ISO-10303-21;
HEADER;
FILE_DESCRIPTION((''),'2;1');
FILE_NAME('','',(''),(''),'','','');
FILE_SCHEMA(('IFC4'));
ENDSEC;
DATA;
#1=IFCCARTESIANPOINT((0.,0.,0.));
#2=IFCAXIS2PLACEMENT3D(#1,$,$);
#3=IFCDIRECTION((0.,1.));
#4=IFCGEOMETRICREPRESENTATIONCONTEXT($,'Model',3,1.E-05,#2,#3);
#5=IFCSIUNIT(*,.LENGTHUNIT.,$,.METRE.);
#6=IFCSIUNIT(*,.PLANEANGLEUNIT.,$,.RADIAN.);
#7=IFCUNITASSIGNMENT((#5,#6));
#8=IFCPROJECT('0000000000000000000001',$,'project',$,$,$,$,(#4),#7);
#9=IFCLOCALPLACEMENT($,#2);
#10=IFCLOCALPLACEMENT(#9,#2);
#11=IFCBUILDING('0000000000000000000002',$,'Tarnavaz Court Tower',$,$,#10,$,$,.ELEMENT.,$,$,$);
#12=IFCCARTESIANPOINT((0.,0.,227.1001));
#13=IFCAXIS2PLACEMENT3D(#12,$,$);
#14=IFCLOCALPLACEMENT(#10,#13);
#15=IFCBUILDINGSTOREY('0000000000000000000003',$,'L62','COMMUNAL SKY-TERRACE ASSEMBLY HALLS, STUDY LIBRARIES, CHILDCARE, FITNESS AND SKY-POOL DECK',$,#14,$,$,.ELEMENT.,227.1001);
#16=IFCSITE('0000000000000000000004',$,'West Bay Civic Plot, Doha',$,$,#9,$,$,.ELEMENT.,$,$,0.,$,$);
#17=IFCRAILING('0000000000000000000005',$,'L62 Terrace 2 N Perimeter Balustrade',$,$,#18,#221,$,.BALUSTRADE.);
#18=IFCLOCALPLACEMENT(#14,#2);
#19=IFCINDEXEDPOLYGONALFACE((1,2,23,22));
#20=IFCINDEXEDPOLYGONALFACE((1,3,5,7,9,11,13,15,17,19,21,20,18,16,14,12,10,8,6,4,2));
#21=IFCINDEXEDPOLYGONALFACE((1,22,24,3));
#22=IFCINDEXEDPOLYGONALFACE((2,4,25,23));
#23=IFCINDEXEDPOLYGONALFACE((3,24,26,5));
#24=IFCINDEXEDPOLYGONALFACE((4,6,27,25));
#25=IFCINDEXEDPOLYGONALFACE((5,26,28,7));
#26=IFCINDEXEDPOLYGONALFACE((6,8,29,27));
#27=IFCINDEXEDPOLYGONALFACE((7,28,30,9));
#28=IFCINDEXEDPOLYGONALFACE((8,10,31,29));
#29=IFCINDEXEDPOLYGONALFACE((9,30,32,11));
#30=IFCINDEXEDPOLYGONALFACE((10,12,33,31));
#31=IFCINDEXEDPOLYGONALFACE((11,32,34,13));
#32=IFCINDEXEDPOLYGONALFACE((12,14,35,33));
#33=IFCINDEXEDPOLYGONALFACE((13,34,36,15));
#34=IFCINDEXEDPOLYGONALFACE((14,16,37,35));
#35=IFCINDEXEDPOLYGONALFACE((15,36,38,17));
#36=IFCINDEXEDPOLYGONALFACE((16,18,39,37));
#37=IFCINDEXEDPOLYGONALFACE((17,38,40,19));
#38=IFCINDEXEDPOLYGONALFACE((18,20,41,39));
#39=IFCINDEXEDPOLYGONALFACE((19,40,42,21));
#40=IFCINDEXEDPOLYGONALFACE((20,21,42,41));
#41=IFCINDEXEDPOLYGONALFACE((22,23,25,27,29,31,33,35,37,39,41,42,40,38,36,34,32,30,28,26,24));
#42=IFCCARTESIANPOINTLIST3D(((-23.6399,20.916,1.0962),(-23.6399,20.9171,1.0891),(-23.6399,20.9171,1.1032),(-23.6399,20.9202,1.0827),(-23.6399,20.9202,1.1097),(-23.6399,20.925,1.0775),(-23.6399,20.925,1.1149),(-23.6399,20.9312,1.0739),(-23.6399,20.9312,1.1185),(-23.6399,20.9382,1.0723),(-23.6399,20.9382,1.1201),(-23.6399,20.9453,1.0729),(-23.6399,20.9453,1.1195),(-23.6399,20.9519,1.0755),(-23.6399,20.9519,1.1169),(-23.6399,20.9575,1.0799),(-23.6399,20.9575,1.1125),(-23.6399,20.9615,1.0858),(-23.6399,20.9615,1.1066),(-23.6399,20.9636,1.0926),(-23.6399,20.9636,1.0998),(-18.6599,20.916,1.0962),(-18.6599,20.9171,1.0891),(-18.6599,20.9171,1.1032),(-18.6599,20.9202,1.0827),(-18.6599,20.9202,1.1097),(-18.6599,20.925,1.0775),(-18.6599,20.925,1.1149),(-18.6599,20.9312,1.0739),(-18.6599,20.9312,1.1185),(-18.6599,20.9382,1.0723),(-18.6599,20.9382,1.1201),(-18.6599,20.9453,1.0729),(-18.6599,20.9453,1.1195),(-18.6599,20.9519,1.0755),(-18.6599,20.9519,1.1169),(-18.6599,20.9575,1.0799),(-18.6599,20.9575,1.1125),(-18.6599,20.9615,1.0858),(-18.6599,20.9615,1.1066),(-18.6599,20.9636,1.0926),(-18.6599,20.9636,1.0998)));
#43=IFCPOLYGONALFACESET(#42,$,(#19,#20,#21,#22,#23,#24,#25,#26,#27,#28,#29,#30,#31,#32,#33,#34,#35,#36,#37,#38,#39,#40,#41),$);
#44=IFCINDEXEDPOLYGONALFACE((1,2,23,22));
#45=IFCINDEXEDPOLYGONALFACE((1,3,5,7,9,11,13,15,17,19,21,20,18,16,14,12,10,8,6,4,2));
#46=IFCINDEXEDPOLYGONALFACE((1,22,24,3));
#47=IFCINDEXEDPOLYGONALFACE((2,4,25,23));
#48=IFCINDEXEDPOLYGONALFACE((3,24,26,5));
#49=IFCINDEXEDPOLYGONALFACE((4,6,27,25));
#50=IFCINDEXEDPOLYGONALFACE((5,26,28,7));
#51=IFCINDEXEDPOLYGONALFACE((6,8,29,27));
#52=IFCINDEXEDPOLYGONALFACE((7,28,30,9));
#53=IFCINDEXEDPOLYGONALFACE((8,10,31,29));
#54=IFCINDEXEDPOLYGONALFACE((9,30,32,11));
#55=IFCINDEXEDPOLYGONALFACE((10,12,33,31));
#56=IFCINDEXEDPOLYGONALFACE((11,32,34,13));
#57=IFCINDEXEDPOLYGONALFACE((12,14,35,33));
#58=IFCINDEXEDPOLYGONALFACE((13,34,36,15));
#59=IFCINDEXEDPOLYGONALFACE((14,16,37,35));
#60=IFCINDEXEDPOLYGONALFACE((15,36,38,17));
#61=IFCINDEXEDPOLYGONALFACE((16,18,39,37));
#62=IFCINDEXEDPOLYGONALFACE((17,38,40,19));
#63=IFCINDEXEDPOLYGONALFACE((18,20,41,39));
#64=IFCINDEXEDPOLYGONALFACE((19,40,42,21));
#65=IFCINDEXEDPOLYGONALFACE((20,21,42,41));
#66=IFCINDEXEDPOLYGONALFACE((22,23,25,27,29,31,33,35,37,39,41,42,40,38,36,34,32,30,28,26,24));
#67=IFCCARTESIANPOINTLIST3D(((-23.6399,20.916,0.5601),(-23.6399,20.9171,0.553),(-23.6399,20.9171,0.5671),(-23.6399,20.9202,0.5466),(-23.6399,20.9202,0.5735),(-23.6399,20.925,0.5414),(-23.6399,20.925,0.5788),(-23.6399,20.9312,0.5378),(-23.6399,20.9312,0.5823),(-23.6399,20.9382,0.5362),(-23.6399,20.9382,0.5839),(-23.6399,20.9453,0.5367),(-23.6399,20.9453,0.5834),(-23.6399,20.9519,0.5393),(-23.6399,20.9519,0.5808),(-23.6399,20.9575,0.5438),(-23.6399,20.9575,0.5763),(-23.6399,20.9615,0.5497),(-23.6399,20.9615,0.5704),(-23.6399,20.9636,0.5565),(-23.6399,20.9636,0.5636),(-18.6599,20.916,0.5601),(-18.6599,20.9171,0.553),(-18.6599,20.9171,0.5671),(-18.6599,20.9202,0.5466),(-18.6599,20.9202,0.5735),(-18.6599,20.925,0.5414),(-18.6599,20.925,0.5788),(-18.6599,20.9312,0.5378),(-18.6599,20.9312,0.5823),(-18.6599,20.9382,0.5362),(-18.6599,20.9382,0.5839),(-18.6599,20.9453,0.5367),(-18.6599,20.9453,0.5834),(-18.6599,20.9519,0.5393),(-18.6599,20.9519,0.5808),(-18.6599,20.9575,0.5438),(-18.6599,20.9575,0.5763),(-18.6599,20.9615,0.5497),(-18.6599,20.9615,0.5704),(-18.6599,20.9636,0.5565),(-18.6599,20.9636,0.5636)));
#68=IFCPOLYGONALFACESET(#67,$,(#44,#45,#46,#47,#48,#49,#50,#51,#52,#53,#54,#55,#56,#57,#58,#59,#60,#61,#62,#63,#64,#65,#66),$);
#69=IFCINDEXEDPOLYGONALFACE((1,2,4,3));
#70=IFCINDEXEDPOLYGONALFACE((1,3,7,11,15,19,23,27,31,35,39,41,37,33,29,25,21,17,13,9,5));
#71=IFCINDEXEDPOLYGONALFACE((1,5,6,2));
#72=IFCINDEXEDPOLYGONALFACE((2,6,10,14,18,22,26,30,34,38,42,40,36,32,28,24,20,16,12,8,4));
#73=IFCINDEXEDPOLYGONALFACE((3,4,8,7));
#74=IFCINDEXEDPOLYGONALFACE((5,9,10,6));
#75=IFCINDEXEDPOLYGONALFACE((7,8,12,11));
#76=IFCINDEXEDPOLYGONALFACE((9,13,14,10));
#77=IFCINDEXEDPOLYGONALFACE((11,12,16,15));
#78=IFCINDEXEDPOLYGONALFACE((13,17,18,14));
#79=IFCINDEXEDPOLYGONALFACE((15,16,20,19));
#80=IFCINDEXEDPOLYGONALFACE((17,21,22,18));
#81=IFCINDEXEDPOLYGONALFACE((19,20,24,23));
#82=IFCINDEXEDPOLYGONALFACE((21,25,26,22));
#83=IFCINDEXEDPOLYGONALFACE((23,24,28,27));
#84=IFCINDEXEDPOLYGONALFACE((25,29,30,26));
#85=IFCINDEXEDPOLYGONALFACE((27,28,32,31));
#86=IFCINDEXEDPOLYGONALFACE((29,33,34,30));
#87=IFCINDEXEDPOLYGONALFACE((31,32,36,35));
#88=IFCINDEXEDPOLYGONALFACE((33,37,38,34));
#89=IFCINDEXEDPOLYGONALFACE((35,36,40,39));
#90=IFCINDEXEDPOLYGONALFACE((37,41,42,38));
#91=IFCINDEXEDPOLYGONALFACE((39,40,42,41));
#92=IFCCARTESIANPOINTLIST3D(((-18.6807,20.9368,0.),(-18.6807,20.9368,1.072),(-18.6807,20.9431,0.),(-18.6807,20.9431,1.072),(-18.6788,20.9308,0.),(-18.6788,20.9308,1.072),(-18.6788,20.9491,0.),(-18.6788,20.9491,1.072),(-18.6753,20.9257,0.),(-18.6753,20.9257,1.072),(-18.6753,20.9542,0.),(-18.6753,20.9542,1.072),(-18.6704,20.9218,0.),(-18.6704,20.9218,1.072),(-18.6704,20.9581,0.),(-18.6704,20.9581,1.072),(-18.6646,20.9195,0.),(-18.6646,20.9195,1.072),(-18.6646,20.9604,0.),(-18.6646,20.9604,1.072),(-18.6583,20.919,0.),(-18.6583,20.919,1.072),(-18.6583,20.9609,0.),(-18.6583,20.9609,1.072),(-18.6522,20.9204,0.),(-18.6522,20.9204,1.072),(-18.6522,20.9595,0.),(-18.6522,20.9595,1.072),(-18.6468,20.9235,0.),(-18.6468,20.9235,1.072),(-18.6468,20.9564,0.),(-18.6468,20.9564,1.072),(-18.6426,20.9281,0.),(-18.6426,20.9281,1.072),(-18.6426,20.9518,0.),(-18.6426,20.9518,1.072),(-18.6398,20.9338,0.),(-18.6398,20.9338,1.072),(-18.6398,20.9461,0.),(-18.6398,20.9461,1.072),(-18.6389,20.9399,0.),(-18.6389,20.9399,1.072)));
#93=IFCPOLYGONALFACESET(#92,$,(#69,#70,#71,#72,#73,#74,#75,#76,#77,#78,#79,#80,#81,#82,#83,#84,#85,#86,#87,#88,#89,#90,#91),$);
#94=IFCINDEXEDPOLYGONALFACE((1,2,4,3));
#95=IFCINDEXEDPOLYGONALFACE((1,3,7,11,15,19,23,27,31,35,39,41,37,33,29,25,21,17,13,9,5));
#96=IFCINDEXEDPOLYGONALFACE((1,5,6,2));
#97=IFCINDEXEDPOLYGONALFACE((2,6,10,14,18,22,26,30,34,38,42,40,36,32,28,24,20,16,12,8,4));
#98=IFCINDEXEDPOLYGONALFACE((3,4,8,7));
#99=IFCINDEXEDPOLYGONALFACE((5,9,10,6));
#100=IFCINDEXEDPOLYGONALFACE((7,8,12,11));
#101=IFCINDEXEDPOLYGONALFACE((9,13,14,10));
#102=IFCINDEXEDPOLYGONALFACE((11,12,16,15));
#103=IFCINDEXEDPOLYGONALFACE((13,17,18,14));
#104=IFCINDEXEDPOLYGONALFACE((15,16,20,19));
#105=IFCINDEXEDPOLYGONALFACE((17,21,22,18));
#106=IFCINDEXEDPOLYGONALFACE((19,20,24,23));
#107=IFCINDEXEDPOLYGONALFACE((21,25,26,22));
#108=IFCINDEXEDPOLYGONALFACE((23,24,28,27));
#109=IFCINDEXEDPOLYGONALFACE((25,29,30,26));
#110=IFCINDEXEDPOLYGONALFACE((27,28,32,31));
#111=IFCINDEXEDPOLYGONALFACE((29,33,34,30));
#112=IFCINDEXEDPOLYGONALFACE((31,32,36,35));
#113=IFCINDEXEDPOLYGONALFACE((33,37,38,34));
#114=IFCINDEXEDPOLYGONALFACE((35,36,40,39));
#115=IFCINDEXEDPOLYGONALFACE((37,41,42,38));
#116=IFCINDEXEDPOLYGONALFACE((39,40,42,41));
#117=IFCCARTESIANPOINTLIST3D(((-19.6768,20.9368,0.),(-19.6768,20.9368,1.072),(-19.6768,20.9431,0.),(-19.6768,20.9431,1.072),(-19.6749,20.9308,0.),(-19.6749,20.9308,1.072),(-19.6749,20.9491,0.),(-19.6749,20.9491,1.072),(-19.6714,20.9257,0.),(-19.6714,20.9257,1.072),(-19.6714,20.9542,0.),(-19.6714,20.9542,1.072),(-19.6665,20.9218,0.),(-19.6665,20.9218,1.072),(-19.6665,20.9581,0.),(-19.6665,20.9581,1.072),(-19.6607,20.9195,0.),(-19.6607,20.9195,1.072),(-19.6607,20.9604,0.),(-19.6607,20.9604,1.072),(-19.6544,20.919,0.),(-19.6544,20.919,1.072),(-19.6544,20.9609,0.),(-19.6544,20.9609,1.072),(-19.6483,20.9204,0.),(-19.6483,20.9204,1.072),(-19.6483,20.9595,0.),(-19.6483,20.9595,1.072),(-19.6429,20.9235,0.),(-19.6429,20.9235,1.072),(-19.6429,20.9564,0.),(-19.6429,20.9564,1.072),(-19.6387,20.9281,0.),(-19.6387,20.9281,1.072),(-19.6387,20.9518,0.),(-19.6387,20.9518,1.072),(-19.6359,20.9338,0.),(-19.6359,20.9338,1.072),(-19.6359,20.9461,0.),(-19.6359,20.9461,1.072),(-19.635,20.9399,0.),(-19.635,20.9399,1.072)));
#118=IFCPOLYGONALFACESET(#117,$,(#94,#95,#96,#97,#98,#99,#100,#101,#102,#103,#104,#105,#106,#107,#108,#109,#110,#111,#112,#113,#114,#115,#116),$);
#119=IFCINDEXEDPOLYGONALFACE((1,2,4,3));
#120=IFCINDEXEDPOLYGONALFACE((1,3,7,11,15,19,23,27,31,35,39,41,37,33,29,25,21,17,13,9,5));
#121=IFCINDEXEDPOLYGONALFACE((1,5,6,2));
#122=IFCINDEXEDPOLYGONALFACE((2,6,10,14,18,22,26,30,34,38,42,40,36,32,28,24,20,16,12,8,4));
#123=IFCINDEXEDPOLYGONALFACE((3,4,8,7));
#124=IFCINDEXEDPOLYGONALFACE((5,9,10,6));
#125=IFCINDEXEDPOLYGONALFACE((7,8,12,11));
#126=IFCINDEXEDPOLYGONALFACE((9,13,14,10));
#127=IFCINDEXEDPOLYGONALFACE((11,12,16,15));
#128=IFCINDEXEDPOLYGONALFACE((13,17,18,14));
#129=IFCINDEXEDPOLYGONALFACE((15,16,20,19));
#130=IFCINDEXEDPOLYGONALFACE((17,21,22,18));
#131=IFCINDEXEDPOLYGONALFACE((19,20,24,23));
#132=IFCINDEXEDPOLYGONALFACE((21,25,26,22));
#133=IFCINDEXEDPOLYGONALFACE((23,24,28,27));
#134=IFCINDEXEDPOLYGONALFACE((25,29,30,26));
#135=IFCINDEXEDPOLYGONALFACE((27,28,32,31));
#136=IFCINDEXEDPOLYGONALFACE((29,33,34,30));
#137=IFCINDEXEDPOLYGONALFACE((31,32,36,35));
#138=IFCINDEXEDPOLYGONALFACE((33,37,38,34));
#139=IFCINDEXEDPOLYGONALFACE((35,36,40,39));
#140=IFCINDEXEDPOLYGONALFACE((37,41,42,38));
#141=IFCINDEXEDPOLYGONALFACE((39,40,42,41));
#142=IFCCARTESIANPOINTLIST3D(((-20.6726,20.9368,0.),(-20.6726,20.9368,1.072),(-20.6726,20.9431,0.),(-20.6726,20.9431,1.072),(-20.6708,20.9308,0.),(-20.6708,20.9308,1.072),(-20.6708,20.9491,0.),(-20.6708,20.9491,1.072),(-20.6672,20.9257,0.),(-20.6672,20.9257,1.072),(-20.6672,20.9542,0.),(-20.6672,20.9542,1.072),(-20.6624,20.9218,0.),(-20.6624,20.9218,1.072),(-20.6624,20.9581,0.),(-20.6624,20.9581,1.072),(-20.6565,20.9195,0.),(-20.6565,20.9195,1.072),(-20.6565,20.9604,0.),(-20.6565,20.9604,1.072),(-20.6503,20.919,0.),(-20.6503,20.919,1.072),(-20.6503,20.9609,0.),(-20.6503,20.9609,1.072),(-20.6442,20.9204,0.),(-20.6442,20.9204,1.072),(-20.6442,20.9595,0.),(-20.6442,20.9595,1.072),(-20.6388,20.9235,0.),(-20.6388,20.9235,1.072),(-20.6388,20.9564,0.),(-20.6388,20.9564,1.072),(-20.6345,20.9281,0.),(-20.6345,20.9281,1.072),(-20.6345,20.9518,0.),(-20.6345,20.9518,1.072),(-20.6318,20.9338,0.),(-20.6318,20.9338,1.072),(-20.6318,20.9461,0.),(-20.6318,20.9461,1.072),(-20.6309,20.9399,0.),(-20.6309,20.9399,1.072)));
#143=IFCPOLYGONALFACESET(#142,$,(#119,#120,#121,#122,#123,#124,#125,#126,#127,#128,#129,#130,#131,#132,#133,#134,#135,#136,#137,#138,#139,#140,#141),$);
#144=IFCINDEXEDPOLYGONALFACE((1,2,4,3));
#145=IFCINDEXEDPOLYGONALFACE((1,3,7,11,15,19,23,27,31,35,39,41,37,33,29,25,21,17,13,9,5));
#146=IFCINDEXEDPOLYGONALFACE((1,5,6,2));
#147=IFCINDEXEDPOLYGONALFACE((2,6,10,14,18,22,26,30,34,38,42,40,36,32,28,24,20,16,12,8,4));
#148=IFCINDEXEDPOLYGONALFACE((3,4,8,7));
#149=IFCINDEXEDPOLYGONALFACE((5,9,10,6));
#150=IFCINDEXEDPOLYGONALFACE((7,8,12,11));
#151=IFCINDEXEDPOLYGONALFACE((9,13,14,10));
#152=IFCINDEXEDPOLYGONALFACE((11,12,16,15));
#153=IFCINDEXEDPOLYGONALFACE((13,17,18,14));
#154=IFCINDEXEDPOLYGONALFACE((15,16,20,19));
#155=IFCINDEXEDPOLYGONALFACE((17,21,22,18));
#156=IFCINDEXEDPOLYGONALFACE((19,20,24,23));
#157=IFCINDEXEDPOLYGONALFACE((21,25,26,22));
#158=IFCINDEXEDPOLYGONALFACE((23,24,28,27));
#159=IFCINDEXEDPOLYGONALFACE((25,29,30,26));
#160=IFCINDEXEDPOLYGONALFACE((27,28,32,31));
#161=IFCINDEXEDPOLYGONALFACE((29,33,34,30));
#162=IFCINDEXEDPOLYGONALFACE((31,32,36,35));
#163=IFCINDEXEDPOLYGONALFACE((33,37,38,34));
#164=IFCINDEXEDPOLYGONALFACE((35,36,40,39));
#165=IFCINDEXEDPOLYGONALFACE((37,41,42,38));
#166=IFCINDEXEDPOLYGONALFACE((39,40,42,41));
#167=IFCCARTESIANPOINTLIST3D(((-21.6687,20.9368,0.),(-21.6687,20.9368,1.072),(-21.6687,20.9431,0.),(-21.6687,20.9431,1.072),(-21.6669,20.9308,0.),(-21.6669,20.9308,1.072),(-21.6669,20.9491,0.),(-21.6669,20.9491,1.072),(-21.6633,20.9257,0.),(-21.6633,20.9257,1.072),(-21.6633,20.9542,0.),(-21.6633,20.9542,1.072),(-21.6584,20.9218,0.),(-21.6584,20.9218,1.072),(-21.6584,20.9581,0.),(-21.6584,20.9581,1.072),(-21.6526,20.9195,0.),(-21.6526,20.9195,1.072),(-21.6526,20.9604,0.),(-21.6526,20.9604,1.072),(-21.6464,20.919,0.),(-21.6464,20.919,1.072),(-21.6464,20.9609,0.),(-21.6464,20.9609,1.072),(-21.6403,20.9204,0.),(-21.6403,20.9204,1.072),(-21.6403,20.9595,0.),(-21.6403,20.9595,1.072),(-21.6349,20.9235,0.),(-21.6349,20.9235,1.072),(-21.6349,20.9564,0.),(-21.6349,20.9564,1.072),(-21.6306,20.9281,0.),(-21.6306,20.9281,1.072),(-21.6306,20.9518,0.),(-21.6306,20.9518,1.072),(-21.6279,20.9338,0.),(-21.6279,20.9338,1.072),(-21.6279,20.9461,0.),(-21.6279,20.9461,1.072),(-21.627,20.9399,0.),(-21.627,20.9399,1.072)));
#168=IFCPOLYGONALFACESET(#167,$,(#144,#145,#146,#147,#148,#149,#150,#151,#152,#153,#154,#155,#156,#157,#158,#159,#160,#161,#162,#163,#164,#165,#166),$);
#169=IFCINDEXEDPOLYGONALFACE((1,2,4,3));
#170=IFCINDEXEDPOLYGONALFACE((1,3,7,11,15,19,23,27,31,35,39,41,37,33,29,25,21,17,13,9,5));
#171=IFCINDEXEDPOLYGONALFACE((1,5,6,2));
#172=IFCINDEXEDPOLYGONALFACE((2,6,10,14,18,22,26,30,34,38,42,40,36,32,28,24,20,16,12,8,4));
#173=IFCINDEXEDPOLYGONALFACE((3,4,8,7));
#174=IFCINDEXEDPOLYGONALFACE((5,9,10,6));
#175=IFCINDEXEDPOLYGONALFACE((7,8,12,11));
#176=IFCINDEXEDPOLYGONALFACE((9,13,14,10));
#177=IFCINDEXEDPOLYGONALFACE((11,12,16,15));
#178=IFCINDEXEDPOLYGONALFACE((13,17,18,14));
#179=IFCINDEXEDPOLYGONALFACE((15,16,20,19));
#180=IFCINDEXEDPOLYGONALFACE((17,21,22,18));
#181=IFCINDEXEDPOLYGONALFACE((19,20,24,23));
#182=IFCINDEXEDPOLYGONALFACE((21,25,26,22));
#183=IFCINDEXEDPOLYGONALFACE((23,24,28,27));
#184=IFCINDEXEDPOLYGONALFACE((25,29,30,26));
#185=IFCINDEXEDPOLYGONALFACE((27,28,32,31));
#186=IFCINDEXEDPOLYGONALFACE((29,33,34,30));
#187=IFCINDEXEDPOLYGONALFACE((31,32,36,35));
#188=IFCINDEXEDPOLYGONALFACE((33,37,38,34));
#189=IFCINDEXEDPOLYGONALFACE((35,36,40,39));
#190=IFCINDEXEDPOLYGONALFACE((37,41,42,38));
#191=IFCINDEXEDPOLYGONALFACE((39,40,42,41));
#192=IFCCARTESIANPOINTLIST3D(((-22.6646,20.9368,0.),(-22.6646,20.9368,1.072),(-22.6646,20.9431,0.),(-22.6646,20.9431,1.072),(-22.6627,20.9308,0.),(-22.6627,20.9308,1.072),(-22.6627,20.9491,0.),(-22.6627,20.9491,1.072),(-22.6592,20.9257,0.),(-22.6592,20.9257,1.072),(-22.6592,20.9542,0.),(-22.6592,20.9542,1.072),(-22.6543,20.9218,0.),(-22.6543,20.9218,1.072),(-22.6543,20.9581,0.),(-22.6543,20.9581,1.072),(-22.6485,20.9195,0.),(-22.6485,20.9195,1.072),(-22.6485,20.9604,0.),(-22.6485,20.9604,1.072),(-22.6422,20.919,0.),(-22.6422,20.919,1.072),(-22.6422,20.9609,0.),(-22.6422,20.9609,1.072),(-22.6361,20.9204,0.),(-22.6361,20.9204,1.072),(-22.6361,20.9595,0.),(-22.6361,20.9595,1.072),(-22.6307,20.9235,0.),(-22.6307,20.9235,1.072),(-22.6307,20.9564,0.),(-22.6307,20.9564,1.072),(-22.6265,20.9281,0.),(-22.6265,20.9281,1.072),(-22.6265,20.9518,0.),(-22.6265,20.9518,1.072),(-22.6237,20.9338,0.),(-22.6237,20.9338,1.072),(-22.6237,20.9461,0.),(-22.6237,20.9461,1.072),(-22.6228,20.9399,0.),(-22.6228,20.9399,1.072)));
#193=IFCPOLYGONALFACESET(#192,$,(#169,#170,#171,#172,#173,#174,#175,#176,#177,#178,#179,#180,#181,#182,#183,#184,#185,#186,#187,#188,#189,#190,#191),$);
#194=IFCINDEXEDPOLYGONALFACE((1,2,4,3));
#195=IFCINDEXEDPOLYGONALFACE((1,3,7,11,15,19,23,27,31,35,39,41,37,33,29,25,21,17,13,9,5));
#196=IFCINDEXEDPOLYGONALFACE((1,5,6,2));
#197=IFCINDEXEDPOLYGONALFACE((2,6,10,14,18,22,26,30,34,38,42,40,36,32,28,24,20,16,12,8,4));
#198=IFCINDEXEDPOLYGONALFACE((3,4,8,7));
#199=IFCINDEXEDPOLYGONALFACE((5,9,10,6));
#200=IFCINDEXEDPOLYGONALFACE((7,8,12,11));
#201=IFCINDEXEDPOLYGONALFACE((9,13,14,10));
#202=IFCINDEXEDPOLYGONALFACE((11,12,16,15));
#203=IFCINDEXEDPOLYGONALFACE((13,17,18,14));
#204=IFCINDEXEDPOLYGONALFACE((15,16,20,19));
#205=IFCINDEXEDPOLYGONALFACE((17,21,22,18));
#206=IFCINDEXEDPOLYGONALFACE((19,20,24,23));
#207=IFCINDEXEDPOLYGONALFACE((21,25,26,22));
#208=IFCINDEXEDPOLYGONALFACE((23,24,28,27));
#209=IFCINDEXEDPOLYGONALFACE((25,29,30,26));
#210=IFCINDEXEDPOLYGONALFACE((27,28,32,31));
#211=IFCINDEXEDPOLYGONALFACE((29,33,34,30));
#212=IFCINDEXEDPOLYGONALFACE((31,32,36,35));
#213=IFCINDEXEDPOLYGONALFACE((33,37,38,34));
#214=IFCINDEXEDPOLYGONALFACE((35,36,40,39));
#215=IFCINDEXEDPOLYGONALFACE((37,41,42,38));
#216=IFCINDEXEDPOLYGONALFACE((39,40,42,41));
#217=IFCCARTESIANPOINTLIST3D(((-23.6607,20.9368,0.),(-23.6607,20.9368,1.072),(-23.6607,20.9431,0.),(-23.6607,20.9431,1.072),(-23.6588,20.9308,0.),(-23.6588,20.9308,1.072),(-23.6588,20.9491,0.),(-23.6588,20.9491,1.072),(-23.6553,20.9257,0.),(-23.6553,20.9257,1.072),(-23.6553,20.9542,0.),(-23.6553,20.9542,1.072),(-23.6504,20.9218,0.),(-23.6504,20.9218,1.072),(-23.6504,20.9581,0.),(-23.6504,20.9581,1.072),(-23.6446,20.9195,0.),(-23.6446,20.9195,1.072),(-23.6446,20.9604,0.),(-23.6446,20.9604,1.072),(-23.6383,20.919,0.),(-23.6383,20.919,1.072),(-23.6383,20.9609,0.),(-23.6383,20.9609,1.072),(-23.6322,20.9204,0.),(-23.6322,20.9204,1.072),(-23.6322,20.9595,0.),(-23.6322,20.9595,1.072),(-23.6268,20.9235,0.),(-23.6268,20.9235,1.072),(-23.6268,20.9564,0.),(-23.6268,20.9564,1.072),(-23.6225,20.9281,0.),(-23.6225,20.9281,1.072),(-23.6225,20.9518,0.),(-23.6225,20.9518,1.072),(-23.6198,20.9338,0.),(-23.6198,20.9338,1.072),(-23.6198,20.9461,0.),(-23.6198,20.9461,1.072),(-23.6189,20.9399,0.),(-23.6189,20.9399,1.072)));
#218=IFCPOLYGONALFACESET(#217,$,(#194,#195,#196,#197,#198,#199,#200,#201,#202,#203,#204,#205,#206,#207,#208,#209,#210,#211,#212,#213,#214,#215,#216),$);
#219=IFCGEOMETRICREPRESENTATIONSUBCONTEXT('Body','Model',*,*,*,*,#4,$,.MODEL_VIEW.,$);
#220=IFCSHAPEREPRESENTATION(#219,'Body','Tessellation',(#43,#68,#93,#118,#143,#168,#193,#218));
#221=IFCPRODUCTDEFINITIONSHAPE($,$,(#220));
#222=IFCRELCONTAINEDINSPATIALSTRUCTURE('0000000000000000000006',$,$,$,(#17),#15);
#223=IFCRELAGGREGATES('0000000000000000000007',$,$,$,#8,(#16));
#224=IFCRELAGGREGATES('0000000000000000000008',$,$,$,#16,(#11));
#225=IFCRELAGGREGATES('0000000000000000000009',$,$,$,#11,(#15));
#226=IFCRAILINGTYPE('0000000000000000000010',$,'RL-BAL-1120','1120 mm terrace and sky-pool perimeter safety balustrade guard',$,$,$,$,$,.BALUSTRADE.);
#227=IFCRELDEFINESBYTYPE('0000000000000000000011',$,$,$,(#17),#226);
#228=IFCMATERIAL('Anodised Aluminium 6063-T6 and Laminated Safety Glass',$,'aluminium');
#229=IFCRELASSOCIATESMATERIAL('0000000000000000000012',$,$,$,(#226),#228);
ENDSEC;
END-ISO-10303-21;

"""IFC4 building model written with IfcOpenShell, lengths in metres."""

from ifc_helpers import new_model, si_unit, direction, frame, origin, origin_2d, place, context, subcontext, project, spatial, circle, extrude, material, type_object, element, save


model = new_model("IFC4")

# Units and contexts
model_context = context("Model", 3, precision=1e-05, world=origin(), true_north=direction((0.0, 1.0)))
body_context = subcontext(model_context, "Body", "Model", "MODEL_VIEW")
ifc_project = project(units=[si_unit("LENGTHUNIT", "METRE"), si_unit("PLANEANGLEUNIT", "RADIAN")], contexts=[model_context])

# Site, building, storey
site_placement = place(None, origin())
site = spatial("IfcSite", under=ifc_project, at=site_placement, Name="West Bay Civic Plot, Doha", CompositionType="ELEMENT", RefElevation=0.0)
building_placement = place(site_placement, origin())
building = spatial("IfcBuilding", under=site, at=building_placement, Name="Tarnavaz Court Tower", CompositionType="ELEMENT")
storey_placement = place(building_placement, frame((0.0, 0.0, 227.1001)))
storey = spatial("IfcBuildingStorey", under=building, at=storey_placement, Name="L62", Description="COMMUNAL SKY-TERRACE ASSEMBLY HALLS, STUDY LIBRARIES, CHILDCARE, FITNESS AND SKY-POOL DECK", CompositionType="ELEMENT", Elevation=227.1001)

# Railing
ifc_material_1 = material(Name="Anodised Aluminium 6063-T6 and Laminated Safety Glass", Category="aluminium")
railing_type = type_object("IfcRailingType", Name="RL-BAL-1120", Description="1120 mm terrace and sky-pool perimeter safety balustrade guard", PredefinedType="BALUSTRADE", material=ifc_material_1)
railing_1_placement = place(storey_placement, frame((-18.6599, 20.9399, 0.0)))
element("IfcRailing", 1, at=railing_1_placement, inside=storey, type_object=railing_type, Name="L62 Terrace 2 N Perimeter Balustrade", PredefinedType="BALUSTRADE", context=body_context, shape_type="SweptSolid", body=[
    extrude(circle(Radius=0.0239, at=origin_2d()), frame((0.0, 0.0, 1.0962), z_axis=(-1.0, 0.0, 0.0), x_axis=(0.0, -1.0, 0.0)), (0.0, 0.0, 1.0), 4.98),
    extrude(circle(Radius=0.0239, at=origin_2d()), frame((0.0, 0.0, 0.5601), z_axis=(-1.0, 0.0, 0.0), x_axis=(0.0, -1.0, 0.0)), (0.0, 0.0, 1.0), 4.98),
    extrude(circle(Radius=0.021, at=origin_2d()), origin(), (0.0, 0.0, 1.0), 1.072),
    extrude(circle(Radius=0.021, at=origin_2d()), frame((-0.9961, 0.0, 0.0)), (0.0, 0.0, 1.0), 1.072),
    extrude(circle(Radius=0.021, at=origin_2d()), frame((-1.9919, 0.0, 0.0)), (0.0, 0.0, 1.0), 1.072),
    extrude(circle(Radius=0.021, at=origin_2d()), frame((-2.988, 0.0, 0.0)), (0.0, 0.0, 1.0), 1.072),
    extrude(circle(Radius=0.021, at=origin_2d()), frame((-3.9839, 0.0, 0.0)), (0.0, 0.0, 1.0), 1.072),
    extrude(circle(Radius=0.021, at=origin_2d()), frame((-4.98, 0.0, 0.0)), (0.0, 0.0, 1.0), 1.072),
])

save(model, "model.ifc")
